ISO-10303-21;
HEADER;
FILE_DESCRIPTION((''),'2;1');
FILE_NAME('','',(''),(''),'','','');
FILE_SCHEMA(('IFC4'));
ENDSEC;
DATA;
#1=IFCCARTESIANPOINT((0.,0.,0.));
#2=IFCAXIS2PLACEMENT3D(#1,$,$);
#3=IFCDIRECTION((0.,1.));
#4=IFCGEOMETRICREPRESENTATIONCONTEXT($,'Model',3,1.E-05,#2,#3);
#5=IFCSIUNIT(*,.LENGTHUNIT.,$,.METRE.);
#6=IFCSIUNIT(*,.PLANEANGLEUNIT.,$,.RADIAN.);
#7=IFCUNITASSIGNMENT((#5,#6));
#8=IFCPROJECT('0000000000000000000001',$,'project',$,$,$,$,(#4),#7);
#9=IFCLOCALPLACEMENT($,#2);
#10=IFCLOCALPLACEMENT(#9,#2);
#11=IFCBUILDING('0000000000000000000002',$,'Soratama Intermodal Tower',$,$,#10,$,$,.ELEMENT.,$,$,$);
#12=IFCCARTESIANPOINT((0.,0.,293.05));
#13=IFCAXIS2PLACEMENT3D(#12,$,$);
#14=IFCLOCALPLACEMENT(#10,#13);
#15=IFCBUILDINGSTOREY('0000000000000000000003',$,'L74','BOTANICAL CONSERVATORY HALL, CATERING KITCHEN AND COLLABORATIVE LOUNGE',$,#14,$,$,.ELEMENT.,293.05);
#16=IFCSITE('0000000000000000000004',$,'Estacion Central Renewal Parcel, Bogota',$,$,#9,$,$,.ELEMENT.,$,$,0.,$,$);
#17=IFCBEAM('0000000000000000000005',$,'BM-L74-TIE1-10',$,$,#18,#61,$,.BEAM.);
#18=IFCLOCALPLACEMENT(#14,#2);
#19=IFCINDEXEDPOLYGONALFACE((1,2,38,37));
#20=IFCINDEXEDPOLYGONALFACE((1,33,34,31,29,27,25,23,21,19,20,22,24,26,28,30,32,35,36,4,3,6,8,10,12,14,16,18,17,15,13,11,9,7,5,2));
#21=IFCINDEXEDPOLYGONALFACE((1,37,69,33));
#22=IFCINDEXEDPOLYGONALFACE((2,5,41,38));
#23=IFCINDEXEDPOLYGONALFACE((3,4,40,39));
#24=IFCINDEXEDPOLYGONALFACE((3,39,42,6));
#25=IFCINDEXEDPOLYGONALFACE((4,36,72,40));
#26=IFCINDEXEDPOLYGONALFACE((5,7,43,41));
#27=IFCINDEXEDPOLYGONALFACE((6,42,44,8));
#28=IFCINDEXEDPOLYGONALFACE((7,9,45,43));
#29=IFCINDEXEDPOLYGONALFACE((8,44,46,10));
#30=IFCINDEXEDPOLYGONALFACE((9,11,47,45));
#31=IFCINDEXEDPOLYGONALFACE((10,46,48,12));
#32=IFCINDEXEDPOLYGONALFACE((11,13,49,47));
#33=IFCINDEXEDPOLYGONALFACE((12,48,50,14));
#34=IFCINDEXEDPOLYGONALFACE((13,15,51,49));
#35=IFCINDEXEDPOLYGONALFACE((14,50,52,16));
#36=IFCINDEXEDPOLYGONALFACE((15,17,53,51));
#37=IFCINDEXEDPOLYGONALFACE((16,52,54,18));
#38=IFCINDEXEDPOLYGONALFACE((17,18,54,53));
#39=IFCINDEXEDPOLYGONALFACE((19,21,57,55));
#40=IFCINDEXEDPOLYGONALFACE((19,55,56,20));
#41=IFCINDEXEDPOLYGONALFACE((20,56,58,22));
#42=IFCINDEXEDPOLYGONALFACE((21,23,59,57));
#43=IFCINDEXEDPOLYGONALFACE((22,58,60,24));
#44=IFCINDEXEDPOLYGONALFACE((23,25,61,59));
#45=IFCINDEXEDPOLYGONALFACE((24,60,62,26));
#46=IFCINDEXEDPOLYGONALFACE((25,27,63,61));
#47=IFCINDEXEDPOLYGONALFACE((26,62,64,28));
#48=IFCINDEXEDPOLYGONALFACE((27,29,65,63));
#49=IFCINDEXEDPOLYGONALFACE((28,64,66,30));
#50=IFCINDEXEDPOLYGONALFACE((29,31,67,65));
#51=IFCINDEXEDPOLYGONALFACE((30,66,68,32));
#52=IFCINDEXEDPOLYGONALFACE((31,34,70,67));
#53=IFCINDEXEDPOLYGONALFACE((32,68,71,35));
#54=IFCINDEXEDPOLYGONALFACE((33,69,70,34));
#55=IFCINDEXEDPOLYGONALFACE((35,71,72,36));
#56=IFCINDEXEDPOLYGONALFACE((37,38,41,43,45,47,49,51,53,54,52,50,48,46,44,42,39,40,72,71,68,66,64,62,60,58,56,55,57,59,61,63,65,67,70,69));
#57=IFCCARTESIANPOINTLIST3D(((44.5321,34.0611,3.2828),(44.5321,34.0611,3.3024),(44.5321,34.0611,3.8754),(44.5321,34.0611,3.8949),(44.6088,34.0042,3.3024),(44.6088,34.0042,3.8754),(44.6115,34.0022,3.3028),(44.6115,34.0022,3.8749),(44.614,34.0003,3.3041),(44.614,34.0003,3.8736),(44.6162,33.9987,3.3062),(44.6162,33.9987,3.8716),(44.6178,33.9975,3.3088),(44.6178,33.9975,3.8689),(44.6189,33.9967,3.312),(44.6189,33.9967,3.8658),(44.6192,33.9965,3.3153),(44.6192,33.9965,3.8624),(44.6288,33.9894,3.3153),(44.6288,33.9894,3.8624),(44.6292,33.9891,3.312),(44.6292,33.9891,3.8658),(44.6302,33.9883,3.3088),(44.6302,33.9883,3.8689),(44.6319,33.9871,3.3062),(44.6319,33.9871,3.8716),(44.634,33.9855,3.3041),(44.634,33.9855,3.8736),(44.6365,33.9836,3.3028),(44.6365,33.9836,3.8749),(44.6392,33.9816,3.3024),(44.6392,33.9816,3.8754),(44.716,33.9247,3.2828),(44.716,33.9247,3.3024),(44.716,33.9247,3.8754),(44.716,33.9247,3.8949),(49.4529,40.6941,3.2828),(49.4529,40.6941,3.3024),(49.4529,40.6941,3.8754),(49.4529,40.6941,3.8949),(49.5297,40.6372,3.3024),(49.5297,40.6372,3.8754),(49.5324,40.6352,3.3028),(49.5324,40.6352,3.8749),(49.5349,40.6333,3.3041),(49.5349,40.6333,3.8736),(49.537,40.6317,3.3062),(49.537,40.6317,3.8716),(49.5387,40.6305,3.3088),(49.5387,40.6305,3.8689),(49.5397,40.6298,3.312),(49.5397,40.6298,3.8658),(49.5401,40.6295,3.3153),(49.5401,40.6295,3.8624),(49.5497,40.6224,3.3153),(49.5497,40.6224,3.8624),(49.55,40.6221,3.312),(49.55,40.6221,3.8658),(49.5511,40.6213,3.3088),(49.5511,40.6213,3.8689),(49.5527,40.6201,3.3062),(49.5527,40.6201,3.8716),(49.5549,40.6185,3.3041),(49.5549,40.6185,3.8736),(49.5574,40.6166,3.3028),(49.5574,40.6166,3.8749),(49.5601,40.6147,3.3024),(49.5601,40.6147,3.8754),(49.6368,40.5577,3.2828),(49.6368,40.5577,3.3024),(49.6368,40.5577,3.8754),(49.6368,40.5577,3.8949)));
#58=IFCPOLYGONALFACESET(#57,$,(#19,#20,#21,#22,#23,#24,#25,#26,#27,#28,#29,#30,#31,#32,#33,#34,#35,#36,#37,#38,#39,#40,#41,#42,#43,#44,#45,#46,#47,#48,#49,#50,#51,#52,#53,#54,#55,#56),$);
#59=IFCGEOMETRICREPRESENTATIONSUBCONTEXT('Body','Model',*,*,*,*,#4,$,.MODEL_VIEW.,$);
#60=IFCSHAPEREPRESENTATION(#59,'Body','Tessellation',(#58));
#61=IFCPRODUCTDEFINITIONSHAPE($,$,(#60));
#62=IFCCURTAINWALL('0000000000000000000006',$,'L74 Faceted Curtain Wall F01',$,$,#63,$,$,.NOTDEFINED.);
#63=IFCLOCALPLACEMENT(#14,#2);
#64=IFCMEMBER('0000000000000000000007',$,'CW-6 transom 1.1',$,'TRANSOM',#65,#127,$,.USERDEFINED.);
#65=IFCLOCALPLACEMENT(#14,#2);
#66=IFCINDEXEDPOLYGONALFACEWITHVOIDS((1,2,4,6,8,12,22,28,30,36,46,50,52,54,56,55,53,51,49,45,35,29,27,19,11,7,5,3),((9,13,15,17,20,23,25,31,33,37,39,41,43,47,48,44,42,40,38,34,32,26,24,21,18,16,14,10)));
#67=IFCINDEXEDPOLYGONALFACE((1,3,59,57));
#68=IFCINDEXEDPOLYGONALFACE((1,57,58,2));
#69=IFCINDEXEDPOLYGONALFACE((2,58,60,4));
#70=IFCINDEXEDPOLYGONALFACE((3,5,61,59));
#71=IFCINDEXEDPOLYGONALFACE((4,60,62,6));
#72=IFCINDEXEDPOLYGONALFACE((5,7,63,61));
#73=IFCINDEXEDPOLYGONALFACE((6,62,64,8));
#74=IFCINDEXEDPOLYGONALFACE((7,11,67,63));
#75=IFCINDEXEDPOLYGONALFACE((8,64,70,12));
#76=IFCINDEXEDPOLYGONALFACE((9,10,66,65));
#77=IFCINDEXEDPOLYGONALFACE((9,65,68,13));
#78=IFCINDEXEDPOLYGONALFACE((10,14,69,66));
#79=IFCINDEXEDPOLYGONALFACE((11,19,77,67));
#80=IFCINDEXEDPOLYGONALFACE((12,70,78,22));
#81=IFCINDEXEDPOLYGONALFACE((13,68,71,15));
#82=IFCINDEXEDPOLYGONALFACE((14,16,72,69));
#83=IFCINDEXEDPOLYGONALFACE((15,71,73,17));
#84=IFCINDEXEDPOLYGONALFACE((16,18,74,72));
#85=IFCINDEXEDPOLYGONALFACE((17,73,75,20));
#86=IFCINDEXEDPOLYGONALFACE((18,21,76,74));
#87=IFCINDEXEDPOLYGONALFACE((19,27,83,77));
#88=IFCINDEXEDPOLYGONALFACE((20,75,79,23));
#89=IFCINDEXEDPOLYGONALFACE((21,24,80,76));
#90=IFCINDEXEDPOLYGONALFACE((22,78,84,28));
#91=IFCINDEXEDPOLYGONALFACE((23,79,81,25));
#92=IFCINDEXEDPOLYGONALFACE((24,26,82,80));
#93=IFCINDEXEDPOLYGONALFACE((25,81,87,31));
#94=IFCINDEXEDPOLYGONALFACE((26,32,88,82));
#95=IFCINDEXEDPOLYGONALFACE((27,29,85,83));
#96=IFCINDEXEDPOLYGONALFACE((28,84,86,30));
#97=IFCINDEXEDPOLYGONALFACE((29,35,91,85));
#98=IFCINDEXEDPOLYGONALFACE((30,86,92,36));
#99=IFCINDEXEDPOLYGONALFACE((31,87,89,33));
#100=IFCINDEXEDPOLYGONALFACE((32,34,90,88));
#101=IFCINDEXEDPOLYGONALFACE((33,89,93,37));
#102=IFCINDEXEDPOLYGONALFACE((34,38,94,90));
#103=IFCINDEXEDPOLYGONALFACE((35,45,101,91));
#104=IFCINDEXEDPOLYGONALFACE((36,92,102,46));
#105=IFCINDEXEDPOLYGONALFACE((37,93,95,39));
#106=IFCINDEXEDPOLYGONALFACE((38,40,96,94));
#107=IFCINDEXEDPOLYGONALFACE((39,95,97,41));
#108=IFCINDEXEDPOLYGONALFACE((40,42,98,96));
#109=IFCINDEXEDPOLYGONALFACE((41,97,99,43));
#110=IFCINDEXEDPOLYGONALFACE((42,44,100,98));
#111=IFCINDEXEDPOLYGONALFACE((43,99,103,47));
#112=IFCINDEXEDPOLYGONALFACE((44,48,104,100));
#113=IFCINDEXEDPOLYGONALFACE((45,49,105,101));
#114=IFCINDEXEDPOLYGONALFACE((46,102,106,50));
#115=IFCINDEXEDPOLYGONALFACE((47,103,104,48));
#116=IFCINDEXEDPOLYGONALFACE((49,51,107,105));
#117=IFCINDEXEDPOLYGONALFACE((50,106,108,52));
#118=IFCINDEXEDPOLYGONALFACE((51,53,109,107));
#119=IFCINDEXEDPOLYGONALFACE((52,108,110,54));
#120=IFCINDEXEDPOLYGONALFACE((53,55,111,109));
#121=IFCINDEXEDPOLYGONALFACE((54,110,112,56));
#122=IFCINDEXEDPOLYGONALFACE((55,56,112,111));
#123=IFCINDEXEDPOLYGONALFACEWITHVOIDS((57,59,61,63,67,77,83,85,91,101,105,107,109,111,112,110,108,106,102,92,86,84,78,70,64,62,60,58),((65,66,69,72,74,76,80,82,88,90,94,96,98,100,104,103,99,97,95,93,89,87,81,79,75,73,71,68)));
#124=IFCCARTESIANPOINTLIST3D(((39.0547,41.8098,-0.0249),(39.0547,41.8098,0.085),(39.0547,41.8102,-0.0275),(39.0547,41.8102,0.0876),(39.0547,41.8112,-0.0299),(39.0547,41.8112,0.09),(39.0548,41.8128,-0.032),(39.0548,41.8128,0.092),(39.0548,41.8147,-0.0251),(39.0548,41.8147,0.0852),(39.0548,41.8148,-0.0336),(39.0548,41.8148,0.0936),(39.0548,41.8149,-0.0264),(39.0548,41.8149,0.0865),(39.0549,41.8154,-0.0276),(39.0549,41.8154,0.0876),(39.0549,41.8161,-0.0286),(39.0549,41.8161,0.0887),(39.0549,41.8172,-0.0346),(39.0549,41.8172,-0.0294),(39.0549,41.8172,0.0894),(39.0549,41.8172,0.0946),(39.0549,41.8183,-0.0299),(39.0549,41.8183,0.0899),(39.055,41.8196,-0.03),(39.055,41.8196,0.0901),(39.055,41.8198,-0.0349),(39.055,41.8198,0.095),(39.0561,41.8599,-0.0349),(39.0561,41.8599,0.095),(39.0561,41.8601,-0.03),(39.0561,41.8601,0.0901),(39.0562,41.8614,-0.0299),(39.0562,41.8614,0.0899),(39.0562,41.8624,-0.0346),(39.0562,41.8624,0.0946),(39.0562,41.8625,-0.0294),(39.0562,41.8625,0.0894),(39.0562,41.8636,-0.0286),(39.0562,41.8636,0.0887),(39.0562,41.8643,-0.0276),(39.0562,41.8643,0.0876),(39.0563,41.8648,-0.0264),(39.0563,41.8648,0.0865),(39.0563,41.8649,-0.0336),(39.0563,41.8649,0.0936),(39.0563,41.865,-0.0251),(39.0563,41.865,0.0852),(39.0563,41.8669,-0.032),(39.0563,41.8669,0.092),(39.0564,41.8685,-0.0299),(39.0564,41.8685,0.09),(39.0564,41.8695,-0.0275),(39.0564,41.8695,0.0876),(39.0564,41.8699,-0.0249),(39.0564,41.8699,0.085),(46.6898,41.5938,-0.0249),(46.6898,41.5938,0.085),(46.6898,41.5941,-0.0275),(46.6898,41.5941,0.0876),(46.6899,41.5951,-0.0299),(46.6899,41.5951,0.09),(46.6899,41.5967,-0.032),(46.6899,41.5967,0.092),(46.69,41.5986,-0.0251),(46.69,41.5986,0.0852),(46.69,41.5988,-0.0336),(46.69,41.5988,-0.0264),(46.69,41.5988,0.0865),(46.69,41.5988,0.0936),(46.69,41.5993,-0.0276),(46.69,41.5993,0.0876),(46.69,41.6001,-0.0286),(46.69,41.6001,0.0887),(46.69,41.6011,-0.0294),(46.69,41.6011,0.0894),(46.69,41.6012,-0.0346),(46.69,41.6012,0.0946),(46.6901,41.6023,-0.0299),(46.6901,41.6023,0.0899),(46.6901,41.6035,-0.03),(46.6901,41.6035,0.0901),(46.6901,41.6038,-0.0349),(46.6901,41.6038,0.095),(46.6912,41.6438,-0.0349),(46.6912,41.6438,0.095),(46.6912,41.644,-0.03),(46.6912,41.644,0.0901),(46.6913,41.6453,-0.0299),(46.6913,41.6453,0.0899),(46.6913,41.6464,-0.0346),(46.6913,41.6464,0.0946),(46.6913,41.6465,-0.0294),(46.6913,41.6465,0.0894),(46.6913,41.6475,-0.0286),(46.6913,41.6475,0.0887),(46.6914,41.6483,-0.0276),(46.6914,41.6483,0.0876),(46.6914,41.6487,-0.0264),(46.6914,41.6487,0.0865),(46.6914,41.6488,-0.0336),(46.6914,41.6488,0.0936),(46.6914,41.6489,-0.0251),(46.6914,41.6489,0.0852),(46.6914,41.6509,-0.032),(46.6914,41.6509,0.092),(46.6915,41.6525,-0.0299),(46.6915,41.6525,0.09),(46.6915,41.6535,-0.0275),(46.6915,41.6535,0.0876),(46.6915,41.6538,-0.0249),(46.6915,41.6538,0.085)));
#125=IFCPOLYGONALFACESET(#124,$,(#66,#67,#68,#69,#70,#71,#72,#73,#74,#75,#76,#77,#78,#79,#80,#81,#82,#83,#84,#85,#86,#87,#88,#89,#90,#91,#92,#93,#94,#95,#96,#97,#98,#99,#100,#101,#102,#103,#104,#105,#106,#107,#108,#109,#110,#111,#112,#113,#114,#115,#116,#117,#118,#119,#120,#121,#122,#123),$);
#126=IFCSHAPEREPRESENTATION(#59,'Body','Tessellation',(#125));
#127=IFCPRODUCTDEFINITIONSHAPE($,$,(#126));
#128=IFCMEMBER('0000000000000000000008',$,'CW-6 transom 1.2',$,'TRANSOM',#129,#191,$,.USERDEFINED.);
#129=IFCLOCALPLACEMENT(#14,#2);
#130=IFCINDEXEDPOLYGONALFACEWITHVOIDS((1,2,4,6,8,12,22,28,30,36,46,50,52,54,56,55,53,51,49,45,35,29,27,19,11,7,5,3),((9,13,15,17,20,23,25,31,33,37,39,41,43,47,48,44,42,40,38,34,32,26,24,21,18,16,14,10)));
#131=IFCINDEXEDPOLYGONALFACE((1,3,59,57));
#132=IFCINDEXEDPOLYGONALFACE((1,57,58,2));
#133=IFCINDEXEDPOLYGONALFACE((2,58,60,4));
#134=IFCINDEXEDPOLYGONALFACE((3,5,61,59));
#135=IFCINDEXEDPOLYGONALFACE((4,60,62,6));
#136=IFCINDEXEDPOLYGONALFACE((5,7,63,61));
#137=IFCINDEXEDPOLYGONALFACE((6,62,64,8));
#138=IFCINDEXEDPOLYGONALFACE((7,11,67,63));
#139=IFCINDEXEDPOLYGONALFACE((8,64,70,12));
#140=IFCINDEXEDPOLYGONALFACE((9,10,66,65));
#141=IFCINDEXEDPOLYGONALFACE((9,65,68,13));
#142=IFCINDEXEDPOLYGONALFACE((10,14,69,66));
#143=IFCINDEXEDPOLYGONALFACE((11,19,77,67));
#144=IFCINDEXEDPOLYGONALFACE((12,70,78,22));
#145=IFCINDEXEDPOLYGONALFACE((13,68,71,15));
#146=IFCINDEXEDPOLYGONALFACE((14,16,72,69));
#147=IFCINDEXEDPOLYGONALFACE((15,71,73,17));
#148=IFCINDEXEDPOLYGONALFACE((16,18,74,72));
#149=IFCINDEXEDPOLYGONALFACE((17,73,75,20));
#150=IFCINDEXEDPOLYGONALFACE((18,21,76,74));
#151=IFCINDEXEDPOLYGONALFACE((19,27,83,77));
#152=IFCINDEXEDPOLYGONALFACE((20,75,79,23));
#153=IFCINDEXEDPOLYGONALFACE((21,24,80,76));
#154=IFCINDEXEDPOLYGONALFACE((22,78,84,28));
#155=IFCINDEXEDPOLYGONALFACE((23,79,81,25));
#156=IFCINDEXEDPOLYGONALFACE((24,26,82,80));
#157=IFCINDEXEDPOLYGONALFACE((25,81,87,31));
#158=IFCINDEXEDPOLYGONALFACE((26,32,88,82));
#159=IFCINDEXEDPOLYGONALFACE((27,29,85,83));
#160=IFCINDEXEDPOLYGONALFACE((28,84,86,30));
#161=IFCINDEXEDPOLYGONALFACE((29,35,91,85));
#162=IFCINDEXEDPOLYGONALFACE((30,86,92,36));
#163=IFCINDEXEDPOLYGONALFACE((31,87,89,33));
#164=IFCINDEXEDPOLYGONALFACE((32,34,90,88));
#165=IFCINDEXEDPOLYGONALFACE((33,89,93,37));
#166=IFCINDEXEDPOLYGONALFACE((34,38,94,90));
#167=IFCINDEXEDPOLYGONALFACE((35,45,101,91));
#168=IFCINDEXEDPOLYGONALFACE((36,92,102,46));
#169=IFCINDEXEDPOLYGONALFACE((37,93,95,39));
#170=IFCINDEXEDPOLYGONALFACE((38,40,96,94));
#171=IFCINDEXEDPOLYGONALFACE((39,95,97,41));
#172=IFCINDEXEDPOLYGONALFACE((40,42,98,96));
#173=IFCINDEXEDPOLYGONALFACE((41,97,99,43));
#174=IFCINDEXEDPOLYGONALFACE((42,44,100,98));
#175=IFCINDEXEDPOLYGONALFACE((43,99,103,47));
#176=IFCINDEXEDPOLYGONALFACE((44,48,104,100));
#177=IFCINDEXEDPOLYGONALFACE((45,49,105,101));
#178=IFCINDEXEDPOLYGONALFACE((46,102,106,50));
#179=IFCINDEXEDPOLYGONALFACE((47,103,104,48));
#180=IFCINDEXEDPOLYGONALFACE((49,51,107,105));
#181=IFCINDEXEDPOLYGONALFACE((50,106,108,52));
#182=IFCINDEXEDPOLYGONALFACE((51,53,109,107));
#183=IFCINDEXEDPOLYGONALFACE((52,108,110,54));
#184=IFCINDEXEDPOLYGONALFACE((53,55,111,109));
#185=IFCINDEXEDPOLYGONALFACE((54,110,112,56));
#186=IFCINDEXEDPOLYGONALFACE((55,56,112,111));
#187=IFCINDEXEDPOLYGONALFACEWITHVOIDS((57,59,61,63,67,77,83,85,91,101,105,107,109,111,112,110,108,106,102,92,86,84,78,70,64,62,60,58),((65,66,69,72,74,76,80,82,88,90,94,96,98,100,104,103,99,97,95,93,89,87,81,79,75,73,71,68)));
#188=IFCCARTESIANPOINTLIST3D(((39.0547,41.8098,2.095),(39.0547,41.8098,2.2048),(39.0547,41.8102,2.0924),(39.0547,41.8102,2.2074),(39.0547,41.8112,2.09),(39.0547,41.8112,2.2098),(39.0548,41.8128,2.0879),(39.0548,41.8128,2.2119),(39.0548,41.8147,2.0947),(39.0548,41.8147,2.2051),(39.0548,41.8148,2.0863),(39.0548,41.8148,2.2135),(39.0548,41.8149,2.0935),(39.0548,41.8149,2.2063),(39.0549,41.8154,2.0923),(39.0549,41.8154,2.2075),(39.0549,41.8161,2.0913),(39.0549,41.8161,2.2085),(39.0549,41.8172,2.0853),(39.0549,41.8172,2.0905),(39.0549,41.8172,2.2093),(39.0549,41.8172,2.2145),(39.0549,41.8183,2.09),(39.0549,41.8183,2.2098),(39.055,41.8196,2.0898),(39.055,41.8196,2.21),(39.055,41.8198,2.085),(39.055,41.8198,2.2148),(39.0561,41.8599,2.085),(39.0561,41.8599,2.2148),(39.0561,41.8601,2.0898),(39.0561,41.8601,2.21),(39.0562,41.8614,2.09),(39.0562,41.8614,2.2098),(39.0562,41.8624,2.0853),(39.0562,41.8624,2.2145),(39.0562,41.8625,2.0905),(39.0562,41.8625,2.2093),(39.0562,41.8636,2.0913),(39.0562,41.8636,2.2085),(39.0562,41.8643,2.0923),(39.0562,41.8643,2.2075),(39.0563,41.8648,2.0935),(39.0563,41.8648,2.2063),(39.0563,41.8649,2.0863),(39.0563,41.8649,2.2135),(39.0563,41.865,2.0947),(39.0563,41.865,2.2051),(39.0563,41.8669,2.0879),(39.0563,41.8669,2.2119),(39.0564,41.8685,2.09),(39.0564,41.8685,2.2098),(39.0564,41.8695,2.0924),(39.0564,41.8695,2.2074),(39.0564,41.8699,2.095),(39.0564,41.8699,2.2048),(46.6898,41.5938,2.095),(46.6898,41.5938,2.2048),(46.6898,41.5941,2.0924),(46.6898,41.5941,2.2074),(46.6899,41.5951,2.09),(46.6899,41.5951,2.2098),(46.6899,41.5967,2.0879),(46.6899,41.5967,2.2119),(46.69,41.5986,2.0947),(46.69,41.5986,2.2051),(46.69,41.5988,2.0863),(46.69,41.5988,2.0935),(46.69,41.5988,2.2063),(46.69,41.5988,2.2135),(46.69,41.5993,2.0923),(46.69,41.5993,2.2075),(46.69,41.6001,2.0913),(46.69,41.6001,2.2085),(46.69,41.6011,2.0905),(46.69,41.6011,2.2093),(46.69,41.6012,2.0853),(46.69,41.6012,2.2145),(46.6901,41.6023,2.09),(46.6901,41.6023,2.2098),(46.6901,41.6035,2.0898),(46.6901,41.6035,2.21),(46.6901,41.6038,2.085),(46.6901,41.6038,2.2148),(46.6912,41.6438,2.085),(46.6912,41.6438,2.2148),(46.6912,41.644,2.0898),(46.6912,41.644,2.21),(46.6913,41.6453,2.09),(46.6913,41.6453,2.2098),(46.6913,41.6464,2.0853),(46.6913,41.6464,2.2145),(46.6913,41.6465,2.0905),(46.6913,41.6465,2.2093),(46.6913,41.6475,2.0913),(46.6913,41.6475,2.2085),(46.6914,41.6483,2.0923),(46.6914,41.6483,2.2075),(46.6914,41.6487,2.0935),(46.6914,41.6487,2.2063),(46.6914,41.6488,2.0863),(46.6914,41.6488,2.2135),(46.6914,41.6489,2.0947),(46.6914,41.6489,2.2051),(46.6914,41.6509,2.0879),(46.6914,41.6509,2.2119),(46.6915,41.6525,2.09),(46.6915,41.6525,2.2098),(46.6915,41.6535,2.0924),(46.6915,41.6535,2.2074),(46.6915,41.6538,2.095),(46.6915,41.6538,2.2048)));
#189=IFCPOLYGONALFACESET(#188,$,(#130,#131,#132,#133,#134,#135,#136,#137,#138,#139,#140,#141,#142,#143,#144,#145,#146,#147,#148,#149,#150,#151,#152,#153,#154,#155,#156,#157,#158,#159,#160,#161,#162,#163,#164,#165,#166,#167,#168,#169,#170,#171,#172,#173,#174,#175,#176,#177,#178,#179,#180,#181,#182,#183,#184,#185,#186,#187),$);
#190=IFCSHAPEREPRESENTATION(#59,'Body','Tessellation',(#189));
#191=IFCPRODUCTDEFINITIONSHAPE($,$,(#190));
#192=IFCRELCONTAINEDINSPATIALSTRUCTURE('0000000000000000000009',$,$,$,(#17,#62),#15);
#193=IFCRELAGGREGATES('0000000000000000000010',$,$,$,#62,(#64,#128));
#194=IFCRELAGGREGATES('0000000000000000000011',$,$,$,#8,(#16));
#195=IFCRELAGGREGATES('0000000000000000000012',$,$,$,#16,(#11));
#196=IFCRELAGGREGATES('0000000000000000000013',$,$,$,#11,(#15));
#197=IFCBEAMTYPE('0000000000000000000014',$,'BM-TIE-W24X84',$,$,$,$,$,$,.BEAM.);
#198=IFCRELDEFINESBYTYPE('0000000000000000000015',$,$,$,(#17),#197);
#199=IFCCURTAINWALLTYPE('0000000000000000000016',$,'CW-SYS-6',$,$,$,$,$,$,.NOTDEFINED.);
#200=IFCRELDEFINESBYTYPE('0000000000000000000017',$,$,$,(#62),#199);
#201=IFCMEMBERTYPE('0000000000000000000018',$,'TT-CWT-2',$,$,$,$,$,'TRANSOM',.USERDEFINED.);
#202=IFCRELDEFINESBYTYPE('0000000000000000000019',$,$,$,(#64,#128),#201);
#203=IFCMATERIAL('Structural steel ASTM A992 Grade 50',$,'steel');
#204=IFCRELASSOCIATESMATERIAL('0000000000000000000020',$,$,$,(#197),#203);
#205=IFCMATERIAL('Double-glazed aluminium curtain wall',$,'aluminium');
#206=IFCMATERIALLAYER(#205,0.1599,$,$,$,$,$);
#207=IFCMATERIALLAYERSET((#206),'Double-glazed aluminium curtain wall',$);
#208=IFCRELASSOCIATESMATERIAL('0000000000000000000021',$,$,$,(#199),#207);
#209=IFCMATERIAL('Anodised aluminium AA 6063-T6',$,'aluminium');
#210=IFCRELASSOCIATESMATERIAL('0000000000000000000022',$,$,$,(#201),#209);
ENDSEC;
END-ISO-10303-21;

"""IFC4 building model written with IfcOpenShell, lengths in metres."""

from ifc_helpers import new_model, si_unit, direction, frame, origin, origin_2d, place, context, subcontext, project, spatial, hollow_rectangle, i_section, extrude, material, layer, layer_set, material_profile, profile_set, type_object, element, aggregate, save


model = new_model("IFC4")

# Units and contexts
model_context = context("Model", 3, precision=1e-05, world=origin(), true_north=direction((0.0, 1.0)))
body_context = subcontext(model_context, "Body", "Model", "MODEL_VIEW")
ifc_project = project(units=[si_unit("LENGTHUNIT", "METRE"), si_unit("PLANEANGLEUNIT", "RADIAN")], contexts=[model_context])

# Site, building, storey
site_placement = place(None, origin())
site = spatial("IfcSite", under=ifc_project, at=site_placement, Name="Estacion Central Renewal Parcel, Bogota", CompositionType="ELEMENT", RefElevation=0.0)
building_placement = place(site_placement, origin())
building = spatial("IfcBuilding", under=site, at=building_placement, Name="Soratama Intermodal Tower", CompositionType="ELEMENT")
storey_placement = place(building_placement, frame((0.0, 0.0, 293.05)))
storey = spatial("IfcBuildingStorey", under=building, at=storey_placement, Name="L74", Description="BOTANICAL CONSERVATORY HALL, CATERING KITCHEN AND COLLABORATIVE LOUNGE", CompositionType="ELEMENT", Elevation=293.05)

# Beam
ifc_material_1 = material(Name="Structural steel ASTM A992 Grade 50", Category="steel")
ifc_material_profile_1 = material_profile(ifc_material_1, i_section(OverallWidth=0.229, OverallDepth=0.6121, WebThickness=0.012, FlangeThickness=0.0195, FilletRadius=0.0129, at=origin_2d()), Name="W24X84")
ifc_profile_set_1 = profile_set([ifc_material_profile_1], Name="Structural steel ASTM A992 Grade 50")
beam_type_1 = type_object("IfcBeamType", Name="BM-TIE-W24X84", PredefinedType="BEAM", material=ifc_profile_set_1)
beam_1_placement = place(storey_placement, frame((44.624, 33.9929, 3.5889), z_axis=(0.595816, 0.803121, 0.0), x_axis=(-0.803121, 0.595816, 0.0)))
element("IfcBeam", 1, at=beam_1_placement, inside=storey, type_object=beam_type_1, Name="BM-L74-TIE1-10", PredefinedType="BEAM", context=body_context, shape_type="SweptSolid", body=[
    extrude(i_section(OverallWidth=0.229, OverallDepth=0.6121, WebThickness=0.012, FlangeThickness=0.0195, FilletRadius=0.0129, at=origin_2d()), origin(), (0.0, 0.0, 1.0), 8.259),
])

# Curtain wall, members
ifc_material_2 = material(Name="Double-glazed aluminium curtain wall", Category="aluminium")
ifc_layer_1 = layer(ifc_material_2, 0.1599)
ifc_layer_set_1 = layer_set([ifc_layer_1], Name="Double-glazed aluminium curtain wall")
curtain_wall_type = type_object("IfcCurtainWallType", Name="CW-SYS-6", PredefinedType="NOTDEFINED", material=ifc_layer_set_1)
curtain_wall_placement = place(storey_placement, origin())
curtain_wall = element("IfcCurtainWall", 2, at=curtain_wall_placement, inside=storey, type_object=curtain_wall_type, Name="L74 Faceted Curtain Wall F01", PredefinedType="NOTDEFINED")
ifc_material_3 = material(Name="Anodised aluminium AA 6063-T6", Category="aluminium")
ifc_material_profile_2 = material_profile(ifc_material_3, hollow_rectangle(XDim=0.0601, YDim=0.1299, WallThickness=0.0049, InnerFilletRadius=0.0049, OuterFilletRadius=0.01, at=origin_2d()), Name="CWT130X60X5")
ifc_profile_set_2 = profile_set([ifc_material_profile_2], Name="Anodised aluminium AA 6063-T6")
member_type = type_object("IfcMemberType", Name="TT-CWT-2", ElementType="TRANSOM", PredefinedType="USERDEFINED", material=ifc_profile_set_2)
member_1_placement = place(storey_placement, frame((46.6907, 41.6238, 0.03), z_axis=(-0.9996, 0.028288, 0.0), x_axis=(-0.028288, -0.9996, 0.0)))
member_1 = element("IfcMember", 3, at=member_1_placement, type_object=member_type, Name="CW-6 transom 1.1", ObjectType="TRANSOM", PredefinedType="USERDEFINED", context=body_context, shape_type="SweptSolid", body=[
    extrude(hollow_rectangle(XDim=0.0601, YDim=0.1299, WallThickness=0.0049, InnerFilletRadius=0.0049, OuterFilletRadius=0.01, at=origin_2d()), origin(), (0.0, 0.0, 1.0), 7.6382),
])
member_2_placement = place(storey_placement, frame((46.6907, 41.6238, 2.1499), z_axis=(-0.9996, 0.028288, 0.0), x_axis=(-0.028288, -0.9996, 0.0)))
member_2 = element("IfcMember", 4, at=member_2_placement, type_object=member_type, Name="CW-6 transom 1.2", ObjectType="TRANSOM", PredefinedType="USERDEFINED", context=body_context, shape_type="SweptSolid", body=[
    extrude(hollow_rectangle(XDim=0.0601, YDim=0.1299, WallThickness=0.0049, InnerFilletRadius=0.0049, OuterFilletRadius=0.01, at=origin_2d()), origin(), (0.0, 0.0, 1.0), 7.6382),
])
aggregate(curtain_wall, [member_1, member_2])

save(model, "model.ifc")
